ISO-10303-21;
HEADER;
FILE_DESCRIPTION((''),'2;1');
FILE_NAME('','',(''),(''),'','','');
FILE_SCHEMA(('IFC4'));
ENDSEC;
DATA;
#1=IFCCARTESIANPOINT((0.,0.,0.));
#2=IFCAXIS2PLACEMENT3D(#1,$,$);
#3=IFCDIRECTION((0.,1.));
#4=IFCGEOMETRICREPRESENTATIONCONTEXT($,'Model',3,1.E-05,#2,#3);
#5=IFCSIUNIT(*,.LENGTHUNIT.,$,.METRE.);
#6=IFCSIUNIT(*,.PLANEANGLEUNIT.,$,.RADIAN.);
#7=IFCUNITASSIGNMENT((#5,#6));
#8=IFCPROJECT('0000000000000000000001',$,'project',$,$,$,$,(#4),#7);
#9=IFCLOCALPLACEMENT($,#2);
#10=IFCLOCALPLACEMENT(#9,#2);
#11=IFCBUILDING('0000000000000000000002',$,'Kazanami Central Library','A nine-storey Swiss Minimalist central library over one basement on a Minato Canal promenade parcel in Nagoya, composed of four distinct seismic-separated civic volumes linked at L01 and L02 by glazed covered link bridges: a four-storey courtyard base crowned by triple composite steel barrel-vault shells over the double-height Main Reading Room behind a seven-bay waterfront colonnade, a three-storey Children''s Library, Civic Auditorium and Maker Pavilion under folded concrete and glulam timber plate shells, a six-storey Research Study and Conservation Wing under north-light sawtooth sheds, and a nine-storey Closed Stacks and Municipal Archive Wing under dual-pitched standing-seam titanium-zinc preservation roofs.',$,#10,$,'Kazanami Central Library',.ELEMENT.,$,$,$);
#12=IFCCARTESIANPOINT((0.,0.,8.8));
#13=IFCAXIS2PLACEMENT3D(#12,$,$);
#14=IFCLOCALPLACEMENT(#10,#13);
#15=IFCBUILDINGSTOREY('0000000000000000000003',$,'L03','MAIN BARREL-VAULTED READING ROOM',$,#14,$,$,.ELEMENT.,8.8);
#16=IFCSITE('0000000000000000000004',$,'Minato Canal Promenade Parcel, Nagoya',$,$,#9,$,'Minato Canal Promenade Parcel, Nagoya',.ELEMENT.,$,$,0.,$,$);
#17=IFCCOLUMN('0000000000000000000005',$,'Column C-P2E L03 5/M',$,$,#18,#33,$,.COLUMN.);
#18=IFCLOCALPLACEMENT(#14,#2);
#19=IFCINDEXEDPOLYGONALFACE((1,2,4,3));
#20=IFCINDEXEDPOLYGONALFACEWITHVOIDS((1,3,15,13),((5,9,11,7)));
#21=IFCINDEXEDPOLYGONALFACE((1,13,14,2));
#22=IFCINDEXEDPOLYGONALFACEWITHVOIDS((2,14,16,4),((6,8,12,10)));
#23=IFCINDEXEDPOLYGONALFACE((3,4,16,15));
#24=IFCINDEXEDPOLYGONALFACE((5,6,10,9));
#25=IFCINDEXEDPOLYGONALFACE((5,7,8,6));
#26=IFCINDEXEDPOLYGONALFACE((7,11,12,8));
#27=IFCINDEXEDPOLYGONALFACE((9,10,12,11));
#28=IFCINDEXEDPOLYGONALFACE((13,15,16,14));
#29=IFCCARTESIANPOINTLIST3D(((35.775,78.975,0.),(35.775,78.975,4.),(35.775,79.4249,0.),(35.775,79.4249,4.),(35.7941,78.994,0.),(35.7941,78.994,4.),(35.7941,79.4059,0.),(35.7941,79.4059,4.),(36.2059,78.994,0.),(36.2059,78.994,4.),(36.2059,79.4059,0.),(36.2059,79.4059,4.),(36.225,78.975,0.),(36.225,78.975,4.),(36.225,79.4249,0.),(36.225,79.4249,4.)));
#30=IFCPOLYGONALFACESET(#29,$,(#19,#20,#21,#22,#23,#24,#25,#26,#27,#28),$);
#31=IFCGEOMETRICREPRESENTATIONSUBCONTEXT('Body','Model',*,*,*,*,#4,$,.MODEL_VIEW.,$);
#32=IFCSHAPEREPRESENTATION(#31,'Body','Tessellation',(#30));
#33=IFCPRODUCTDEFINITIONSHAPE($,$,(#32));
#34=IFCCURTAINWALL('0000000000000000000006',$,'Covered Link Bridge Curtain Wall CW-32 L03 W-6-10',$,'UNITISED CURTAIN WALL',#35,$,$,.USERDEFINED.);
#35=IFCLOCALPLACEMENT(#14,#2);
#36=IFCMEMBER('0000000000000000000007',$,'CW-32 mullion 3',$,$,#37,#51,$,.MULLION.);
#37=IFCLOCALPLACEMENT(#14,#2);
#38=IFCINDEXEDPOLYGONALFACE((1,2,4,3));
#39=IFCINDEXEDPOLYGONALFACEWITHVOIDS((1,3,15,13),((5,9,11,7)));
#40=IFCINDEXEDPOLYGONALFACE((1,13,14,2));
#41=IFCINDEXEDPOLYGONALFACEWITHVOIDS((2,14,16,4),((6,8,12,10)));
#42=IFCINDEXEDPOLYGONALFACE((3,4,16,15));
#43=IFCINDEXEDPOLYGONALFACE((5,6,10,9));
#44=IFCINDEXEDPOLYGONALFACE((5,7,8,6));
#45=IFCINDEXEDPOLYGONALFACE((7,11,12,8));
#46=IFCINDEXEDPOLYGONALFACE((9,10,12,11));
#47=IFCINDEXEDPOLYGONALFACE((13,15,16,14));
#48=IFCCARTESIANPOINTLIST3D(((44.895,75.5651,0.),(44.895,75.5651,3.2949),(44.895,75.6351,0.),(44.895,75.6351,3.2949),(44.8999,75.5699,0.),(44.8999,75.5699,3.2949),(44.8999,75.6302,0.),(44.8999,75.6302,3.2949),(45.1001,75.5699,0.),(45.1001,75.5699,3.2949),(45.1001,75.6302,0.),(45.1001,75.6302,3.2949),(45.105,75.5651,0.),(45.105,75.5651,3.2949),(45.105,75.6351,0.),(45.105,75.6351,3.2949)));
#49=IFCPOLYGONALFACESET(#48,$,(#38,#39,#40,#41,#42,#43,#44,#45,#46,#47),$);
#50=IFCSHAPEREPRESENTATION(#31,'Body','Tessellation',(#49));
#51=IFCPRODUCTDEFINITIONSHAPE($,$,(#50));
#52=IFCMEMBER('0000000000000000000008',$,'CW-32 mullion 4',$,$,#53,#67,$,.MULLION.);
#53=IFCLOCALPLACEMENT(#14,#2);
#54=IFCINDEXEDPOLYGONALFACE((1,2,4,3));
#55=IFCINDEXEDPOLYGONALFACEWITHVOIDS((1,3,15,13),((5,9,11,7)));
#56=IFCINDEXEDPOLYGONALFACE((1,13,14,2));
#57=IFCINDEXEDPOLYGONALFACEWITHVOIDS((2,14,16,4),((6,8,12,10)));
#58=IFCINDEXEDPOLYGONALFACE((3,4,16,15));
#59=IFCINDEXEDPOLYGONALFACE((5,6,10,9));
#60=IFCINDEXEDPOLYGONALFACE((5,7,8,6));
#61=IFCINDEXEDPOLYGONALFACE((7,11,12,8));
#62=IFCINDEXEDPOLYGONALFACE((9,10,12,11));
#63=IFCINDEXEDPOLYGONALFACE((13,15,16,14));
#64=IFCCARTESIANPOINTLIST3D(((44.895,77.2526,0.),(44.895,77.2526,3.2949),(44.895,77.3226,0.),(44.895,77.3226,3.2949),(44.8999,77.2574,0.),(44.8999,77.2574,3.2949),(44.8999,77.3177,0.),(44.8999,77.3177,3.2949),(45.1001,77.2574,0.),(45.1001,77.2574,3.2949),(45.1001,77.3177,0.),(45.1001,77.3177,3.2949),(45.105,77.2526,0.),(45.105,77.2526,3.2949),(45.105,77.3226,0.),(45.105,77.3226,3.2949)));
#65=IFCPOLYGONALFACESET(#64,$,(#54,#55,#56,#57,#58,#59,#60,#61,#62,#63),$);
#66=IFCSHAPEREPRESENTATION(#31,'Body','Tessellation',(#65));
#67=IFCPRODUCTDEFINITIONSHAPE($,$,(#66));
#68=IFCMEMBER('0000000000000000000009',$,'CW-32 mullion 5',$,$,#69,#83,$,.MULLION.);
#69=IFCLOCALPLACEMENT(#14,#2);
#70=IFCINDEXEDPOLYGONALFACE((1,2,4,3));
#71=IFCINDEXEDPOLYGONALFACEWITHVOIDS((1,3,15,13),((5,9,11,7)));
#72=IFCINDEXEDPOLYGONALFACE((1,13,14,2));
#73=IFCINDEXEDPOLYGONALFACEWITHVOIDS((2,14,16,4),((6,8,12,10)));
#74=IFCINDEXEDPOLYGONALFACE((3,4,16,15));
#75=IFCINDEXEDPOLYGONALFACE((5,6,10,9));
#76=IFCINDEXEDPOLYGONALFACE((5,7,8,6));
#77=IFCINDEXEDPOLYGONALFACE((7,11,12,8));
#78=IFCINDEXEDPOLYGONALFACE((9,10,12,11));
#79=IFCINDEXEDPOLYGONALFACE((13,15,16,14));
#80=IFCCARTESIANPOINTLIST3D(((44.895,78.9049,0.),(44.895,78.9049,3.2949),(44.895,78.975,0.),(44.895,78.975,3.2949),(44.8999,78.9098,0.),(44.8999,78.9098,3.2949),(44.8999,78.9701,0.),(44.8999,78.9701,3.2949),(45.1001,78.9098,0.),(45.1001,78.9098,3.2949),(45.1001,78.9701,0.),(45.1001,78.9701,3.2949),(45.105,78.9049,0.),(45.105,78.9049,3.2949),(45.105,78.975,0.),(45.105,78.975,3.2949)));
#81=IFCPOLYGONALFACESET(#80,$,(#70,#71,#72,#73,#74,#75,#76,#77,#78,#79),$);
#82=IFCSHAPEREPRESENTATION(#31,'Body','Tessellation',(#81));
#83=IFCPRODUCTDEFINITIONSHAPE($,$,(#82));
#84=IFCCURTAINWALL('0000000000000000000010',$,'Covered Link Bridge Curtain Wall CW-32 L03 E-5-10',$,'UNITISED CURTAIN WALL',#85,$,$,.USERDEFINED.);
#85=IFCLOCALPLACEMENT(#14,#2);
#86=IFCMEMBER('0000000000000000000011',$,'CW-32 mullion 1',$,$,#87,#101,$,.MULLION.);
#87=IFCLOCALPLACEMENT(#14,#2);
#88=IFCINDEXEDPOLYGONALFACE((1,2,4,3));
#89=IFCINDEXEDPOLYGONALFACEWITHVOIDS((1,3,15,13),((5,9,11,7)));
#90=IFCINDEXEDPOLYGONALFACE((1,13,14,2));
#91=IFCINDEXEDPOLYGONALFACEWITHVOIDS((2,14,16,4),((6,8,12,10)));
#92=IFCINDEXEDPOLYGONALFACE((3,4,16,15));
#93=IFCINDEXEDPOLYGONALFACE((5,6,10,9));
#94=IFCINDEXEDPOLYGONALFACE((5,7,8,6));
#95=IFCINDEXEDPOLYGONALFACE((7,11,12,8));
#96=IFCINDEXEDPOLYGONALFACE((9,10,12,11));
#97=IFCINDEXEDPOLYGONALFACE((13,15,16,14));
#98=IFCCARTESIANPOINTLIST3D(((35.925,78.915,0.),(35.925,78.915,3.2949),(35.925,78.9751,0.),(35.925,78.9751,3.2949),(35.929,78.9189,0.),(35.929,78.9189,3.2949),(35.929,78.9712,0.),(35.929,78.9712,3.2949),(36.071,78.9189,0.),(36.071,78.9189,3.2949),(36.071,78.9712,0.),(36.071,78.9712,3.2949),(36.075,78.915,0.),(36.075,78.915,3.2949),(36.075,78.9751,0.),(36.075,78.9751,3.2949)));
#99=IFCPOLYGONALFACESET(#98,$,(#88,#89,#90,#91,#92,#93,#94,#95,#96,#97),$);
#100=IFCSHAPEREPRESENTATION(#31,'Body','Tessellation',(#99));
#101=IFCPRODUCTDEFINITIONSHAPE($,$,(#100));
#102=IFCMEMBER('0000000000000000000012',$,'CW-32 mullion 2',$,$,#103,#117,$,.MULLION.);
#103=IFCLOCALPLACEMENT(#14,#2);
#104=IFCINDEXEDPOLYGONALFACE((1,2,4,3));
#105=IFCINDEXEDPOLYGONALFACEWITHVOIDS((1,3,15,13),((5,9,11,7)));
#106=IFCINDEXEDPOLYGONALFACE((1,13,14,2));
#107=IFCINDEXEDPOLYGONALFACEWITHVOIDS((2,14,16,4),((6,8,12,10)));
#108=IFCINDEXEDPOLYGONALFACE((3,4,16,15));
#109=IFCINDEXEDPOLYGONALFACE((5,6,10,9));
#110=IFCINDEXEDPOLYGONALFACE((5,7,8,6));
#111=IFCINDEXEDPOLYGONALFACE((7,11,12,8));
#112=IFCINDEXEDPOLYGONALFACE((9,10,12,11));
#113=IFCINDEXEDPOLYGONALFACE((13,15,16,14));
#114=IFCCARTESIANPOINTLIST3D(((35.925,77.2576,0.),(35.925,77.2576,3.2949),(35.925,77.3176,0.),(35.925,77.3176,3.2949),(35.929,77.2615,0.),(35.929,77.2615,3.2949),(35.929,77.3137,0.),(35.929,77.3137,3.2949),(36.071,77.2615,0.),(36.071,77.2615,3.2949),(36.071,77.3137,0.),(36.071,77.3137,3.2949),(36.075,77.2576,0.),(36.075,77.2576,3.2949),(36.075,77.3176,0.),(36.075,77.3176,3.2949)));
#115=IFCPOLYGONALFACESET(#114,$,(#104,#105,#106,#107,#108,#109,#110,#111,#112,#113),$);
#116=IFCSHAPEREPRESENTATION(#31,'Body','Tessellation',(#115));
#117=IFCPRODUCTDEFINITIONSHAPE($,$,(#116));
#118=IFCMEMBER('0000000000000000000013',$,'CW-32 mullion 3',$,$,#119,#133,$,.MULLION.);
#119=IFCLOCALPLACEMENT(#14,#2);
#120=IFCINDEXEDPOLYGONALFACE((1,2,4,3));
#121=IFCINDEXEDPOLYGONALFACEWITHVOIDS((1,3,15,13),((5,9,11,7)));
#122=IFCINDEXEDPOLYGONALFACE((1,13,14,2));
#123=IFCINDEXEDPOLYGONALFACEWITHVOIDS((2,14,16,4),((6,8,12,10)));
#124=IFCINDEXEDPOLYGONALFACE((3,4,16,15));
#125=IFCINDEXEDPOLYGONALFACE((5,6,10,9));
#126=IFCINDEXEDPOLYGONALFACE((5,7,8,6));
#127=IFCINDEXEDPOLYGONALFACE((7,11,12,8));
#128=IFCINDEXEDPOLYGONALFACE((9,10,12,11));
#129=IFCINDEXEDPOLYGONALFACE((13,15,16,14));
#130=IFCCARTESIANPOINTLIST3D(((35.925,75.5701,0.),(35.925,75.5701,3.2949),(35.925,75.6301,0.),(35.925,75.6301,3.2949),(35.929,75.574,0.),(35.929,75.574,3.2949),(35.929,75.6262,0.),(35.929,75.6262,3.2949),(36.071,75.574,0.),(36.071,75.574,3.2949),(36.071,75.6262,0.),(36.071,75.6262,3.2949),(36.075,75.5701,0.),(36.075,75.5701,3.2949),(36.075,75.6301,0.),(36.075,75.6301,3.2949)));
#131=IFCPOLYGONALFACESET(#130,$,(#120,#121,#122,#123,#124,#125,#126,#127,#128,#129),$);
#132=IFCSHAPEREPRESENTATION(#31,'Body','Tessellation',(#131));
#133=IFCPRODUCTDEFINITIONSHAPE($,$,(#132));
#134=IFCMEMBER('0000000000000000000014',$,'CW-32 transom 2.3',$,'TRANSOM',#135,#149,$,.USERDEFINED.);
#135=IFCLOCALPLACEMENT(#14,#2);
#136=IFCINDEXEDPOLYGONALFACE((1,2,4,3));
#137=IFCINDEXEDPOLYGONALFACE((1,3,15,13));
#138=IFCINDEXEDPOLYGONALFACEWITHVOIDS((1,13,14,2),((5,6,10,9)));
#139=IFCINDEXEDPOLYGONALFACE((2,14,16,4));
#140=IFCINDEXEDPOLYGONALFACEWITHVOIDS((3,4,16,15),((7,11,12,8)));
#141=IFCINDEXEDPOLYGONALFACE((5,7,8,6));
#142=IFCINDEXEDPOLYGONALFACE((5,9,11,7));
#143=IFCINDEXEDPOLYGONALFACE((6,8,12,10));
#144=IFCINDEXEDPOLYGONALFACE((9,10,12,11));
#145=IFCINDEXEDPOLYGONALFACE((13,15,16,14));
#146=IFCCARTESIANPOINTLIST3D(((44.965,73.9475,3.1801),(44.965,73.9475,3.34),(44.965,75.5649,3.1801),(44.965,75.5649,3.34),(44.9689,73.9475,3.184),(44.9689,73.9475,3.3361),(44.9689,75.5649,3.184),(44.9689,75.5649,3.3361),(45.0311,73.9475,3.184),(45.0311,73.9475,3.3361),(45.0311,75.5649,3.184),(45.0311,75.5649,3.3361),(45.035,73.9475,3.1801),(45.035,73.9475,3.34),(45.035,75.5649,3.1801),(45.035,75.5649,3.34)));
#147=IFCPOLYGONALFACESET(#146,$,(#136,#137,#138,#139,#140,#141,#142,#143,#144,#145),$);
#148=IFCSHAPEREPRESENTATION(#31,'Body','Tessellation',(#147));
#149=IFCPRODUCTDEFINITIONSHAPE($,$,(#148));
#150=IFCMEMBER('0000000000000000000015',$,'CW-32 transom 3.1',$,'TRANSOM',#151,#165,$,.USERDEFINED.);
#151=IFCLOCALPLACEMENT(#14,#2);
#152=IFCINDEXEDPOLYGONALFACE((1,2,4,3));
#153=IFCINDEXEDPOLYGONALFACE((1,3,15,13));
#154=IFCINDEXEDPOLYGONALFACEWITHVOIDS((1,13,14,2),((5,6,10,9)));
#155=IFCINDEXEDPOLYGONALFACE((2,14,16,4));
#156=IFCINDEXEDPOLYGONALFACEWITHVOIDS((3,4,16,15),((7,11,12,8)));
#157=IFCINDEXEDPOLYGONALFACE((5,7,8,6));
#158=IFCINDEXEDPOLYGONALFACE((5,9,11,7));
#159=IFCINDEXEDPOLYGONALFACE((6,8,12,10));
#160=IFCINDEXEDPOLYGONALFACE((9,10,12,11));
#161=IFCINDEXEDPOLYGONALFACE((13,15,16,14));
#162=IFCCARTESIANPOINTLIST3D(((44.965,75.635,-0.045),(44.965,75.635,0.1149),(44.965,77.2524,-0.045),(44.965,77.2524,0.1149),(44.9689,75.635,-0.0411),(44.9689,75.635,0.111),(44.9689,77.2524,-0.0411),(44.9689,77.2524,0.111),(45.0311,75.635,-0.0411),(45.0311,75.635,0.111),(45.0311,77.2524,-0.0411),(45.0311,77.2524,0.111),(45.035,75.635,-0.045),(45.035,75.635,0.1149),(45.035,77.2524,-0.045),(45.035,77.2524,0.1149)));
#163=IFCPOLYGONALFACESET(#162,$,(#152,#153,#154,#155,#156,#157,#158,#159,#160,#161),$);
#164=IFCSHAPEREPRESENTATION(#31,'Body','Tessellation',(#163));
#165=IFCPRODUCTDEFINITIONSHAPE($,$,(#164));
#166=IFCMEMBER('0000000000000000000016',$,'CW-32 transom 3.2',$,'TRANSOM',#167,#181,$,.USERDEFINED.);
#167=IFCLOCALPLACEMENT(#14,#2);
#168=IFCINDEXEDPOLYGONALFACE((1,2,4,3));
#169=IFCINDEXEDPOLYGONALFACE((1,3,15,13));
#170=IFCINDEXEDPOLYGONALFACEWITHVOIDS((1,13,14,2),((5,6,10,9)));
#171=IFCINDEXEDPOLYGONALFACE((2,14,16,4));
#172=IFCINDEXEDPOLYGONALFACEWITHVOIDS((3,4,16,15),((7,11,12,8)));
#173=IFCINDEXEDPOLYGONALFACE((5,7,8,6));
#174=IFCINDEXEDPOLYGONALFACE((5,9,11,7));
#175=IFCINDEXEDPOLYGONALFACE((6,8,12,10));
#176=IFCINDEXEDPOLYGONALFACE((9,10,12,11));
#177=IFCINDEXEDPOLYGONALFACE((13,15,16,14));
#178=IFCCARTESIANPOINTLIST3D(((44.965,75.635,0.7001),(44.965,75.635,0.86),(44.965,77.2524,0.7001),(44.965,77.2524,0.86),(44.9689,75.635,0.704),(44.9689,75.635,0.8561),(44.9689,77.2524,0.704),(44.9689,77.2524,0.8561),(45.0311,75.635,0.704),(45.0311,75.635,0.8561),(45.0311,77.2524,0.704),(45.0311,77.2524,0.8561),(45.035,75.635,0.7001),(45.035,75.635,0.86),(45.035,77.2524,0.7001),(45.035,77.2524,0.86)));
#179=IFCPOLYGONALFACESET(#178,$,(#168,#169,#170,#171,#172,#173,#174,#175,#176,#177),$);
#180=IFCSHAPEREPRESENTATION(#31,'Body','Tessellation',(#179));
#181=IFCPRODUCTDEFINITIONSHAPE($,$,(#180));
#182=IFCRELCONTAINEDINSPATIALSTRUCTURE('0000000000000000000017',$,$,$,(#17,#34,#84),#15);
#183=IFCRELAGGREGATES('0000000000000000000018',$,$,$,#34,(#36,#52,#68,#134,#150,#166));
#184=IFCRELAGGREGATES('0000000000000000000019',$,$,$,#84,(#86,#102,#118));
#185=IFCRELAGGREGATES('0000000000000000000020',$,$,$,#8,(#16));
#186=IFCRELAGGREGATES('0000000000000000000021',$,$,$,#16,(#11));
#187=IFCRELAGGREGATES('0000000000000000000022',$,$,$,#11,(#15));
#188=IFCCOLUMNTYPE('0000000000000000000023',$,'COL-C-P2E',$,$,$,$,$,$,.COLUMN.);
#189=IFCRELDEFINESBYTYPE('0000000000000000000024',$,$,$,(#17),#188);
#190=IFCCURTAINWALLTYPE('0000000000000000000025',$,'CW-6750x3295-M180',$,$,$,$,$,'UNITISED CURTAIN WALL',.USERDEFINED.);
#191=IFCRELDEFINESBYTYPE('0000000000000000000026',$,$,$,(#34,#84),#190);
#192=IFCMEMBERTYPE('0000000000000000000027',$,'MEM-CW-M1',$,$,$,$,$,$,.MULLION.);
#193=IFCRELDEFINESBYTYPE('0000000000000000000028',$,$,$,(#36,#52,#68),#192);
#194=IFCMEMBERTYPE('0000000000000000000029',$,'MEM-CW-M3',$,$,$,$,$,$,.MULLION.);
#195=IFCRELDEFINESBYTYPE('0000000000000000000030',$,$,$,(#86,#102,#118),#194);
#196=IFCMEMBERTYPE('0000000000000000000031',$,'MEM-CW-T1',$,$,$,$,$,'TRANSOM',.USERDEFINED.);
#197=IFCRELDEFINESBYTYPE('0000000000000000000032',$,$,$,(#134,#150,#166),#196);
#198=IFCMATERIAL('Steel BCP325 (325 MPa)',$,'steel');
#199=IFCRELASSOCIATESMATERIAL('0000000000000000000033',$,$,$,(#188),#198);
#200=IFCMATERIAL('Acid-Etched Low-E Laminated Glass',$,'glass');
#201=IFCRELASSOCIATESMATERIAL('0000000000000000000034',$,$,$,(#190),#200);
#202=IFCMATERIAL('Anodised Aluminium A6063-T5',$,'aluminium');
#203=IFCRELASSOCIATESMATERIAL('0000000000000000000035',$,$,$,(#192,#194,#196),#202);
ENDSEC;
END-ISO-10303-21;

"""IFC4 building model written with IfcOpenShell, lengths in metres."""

from ifc_helpers import new_model, si_unit, direction, frame, origin, origin_2d, place, context, subcontext, project, spatial, hollow_rectangle, extrude, material, material_profile, profile_set, type_object, element, aggregate, save


model = new_model("IFC4")

# Units and contexts
model_context = context("Model", 3, precision=1e-05, world=origin(), true_north=direction((0.0, 1.0)))
body_context = subcontext(model_context, "Body", "Model", "MODEL_VIEW")
ifc_project = project(units=[si_unit("LENGTHUNIT", "METRE"), si_unit("PLANEANGLEUNIT", "RADIAN")], contexts=[model_context])

# Site, building, storey
site_placement = place(None, origin())
site = spatial("IfcSite", under=ifc_project, at=site_placement, Name="Minato Canal Promenade Parcel, Nagoya", LongName="Minato Canal Promenade Parcel, Nagoya", CompositionType="ELEMENT", RefElevation=0.0)
building_placement = place(site_placement, origin())
building = spatial("IfcBuilding", under=site, at=building_placement, Name="Kazanami Central Library", Description="A nine-storey Swiss Minimalist central library over one basement on a Minato Canal promenade parcel in Nagoya, composed of four distinct seismic-separated civic volumes linked at L01 and L02 by glazed covered link bridges: a four-storey courtyard base crowned by triple composite steel barrel-vault shells over the double-height Main Reading Room behind a seven-bay waterfront colonnade, a three-storey Children's Library, Civic Auditorium and Maker Pavilion under folded concrete and glulam timber plate shells, a six-storey Research Study and Conservation Wing under north-light sawtooth sheds, and a nine-storey Closed Stacks and Municipal Archive Wing under dual-pitched standing-seam titanium-zinc preservation roofs.", LongName="Kazanami Central Library", CompositionType="ELEMENT")
storey_placement = place(building_placement, frame((0.0, 0.0, 8.8)))
storey = spatial("IfcBuildingStorey", under=building, at=storey_placement, Name="L03", Description="MAIN BARREL-VAULTED READING ROOM", CompositionType="ELEMENT", Elevation=8.8)

# Column
ifc_material_1 = material(Name="Steel BCP325 (325 MPa)", Category="steel")
ifc_material_profile_1 = material_profile(ifc_material_1, hollow_rectangle(XDim=0.45, YDim=0.45, WallThickness=0.019, at=origin_2d()), Name="BCP-450x450x19")
ifc_profile_set_1 = profile_set([ifc_material_profile_1], Name="Steel BCP325 (325 MPa)")
column_type = type_object("IfcColumnType", Name="COL-C-P2E", PredefinedType="COLUMN", material=ifc_profile_set_1)
column_placement = place(storey_placement, frame((36.0, 79.2, 0.0), z_axis=(0.0, 0.0, 1.0), x_axis=(1.0, 0.0, 0.0)))
element("IfcColumn", 1, at=column_placement, inside=storey, type_object=column_type, Name="Column C-P2E L03 5/M", PredefinedType="COLUMN", context=body_context, shape_type="SweptSolid", body=[
    extrude(hollow_rectangle(XDim=0.45, YDim=0.45, WallThickness=0.019, at=origin_2d()), origin(), (0.0, 0.0, 1.0), 4.0),
])

# Curtain walls, members
ifc_material_2 = material(Name="Acid-Etched Low-E Laminated Glass", Category="glass")
curtain_wall_type = type_object("IfcCurtainWallType", Name="CW-6750x3295-M180", ElementType="UNITISED CURTAIN WALL", PredefinedType="USERDEFINED", material=ifc_material_2)
curtain_wall_1_placement = place(storey_placement, origin())
curtain_wall_1 = element("IfcCurtainWall", 2, at=curtain_wall_1_placement, inside=storey, type_object=curtain_wall_type, Name="Covered Link Bridge Curtain Wall CW-32 L03 W-6-10", ObjectType="UNITISED CURTAIN WALL", PredefinedType="USERDEFINED")
ifc_material_3 = material(Name="Anodised Aluminium A6063-T5", Category="aluminium")
ifc_material_profile_2 = material_profile(ifc_material_3, hollow_rectangle(XDim=0.0701, YDim=0.21, WallThickness=0.0049, at=origin_2d()), Name="ALU-MULL-70x210x5")
ifc_profile_set_2 = profile_set([ifc_material_profile_2], Name="Anodised Aluminium A6063-T5")
member_type_1 = type_object("IfcMemberType", Name="MEM-CW-M1", PredefinedType="MULLION", material=ifc_profile_set_2)
member_1_placement = place(storey_placement, frame((45.0, 75.6001, 0.0), z_axis=(0.0, 0.0, 1.0), x_axis=(0.0, 1.0, 0.0)))
member_1 = element("IfcMember", 3, at=member_1_placement, type_object=member_type_1, Name="CW-32 mullion 3", PredefinedType="MULLION", context=body_context, shape_type="SweptSolid", body=[
    extrude(hollow_rectangle(XDim=0.0701, YDim=0.21, WallThickness=0.0049, at=origin_2d()), origin(), (0.0, 0.0, 1.0), 3.2949),
])
member_2_placement = place(storey_placement, frame((45.0, 77.2876, 0.0), z_axis=(0.0, 0.0, 1.0), x_axis=(0.0, 1.0, 0.0)))
member_2 = element("IfcMember", 4, at=member_2_placement, type_object=member_type_1, Name="CW-32 mullion 4", PredefinedType="MULLION", context=body_context, shape_type="SweptSolid", body=[
    extrude(hollow_rectangle(XDim=0.0701, YDim=0.21, WallThickness=0.0049, at=origin_2d()), origin(), (0.0, 0.0, 1.0), 3.2949),
])
member_3_placement = place(storey_placement, frame((45.0, 78.9399, 0.0), z_axis=(0.0, 0.0, 1.0), x_axis=(0.0, 1.0, 0.0)))
member_3 = element("IfcMember", 5, at=member_3_placement, type_object=member_type_1, Name="CW-32 mullion 5", PredefinedType="MULLION", context=body_context, shape_type="SweptSolid", body=[
    extrude(hollow_rectangle(XDim=0.0701, YDim=0.21, WallThickness=0.0049, at=origin_2d()), origin(), (0.0, 0.0, 1.0), 3.2949),
])
curtain_wall_2_placement = place(storey_placement, origin())
curtain_wall_2 = element("IfcCurtainWall", 6, at=curtain_wall_2_placement, inside=storey, type_object=curtain_wall_type, Name="Covered Link Bridge Curtain Wall CW-32 L03 E-5-10", ObjectType="UNITISED CURTAIN WALL", PredefinedType="USERDEFINED")
ifc_material_profile_3 = material_profile(ifc_material_3, hollow_rectangle(XDim=0.0601, YDim=0.1499, WallThickness=0.0039, at=origin_2d()), Name="ALU-MULL-60x150x4")
ifc_profile_set_3 = profile_set([ifc_material_profile_3], Name="Anodised Aluminium A6063-T5")
member_type_2 = type_object("IfcMemberType", Name="MEM-CW-M3", PredefinedType="MULLION", material=ifc_profile_set_3)
member_4_placement = place(storey_placement, frame((36.0, 78.9451, 0.0), z_axis=(0.0, 0.0, 1.0), x_axis=(0.0, -1.0, 0.0)))
member_4 = element("IfcMember", 7, at=member_4_placement, type_object=member_type_2, Name="CW-32 mullion 1", PredefinedType="MULLION", context=body_context, shape_type="SweptSolid", body=[
    extrude(hollow_rectangle(XDim=0.0601, YDim=0.1499, WallThickness=0.0039, at=origin_2d()), origin(), (0.0, 0.0, 1.0), 3.2949),
])
member_5_placement = place(storey_placement, frame((36.0, 77.2876, 0.0), z_axis=(0.0, 0.0, 1.0), x_axis=(0.0, -1.0, 0.0)))
member_5 = element("IfcMember", 8, at=member_5_placement, type_object=member_type_2, Name="CW-32 mullion 2", PredefinedType="MULLION", context=body_context, shape_type="SweptSolid", body=[
    extrude(hollow_rectangle(XDim=0.0601, YDim=0.1499, WallThickness=0.0039, at=origin_2d()), origin(), (0.0, 0.0, 1.0), 3.2949),
])
member_6_placement = place(storey_placement, frame((36.0, 75.6001, 0.0), z_axis=(0.0, 0.0, 1.0), x_axis=(0.0, -1.0, 0.0)))
member_6 = element("IfcMember", 9, at=member_6_placement, type_object=member_type_2, Name="CW-32 mullion 3", PredefinedType="MULLION", context=body_context, shape_type="SweptSolid", body=[
    extrude(hollow_rectangle(XDim=0.0601, YDim=0.1499, WallThickness=0.0039, at=origin_2d()), origin(), (0.0, 0.0, 1.0), 3.2949),
])

# Members
ifc_material_profile_4 = material_profile(ifc_material_3, hollow_rectangle(XDim=0.0701, YDim=0.1599, WallThickness=0.0039, at=origin_2d()), Name="ALU-TRAN-70x160x4")
ifc_profile_set_4 = profile_set([ifc_material_profile_4], Name="Anodised Aluminium A6063-T5")
member_type_3 = type_object("IfcMemberType", Name="MEM-CW-T1", ElementType="TRANSOM", PredefinedType="USERDEFINED", material=ifc_profile_set_4)
member_7_placement = place(storey_placement, frame((45.0, 73.9475, 3.26), z_axis=(0.0, 1.0, 0.0), x_axis=(-1.0, 0.0, 0.0)))
member_7 = element("IfcMember", 10, at=member_7_placement, type_object=member_type_3, Name="CW-32 transom 2.3", ObjectType="TRANSOM", PredefinedType="USERDEFINED", context=body_context, shape_type="SweptSolid", body=[
    extrude(hollow_rectangle(XDim=0.0701, YDim=0.1599, WallThickness=0.0039, at=origin_2d()), origin(), (0.0, 0.0, 1.0), 1.6174),
])
member_8_placement = place(storey_placement, frame((45.0, 75.635, 0.0349), z_axis=(0.0, 1.0, 0.0), x_axis=(-1.0, 0.0, 0.0)))
member_8 = element("IfcMember", 11, at=member_8_placement, type_object=member_type_3, Name="CW-32 transom 3.1", ObjectType="TRANSOM", PredefinedType="USERDEFINED", context=body_context, shape_type="SweptSolid", body=[
    extrude(hollow_rectangle(XDim=0.0701, YDim=0.1599, WallThickness=0.0039, at=origin_2d()), origin(), (0.0, 0.0, 1.0), 1.6174),
])
member_9_placement = place(storey_placement, frame((45.0, 75.635, 0.78), z_axis=(0.0, 1.0, 0.0), x_axis=(-1.0, 0.0, 0.0)))
member_9 = element("IfcMember", 12, at=member_9_placement, type_object=member_type_3, Name="CW-32 transom 3.2", ObjectType="TRANSOM", PredefinedType="USERDEFINED", context=body_context, shape_type="SweptSolid", body=[
    extrude(hollow_rectangle(XDim=0.0701, YDim=0.1599, WallThickness=0.0039, at=origin_2d()), origin(), (0.0, 0.0, 1.0), 1.6174),
])

aggregate(curtain_wall_1, [member_1, member_2, member_3, member_7, member_8, member_9])
aggregate(curtain_wall_2, [member_4, member_5, member_6])

save(model, "model.ifc")
